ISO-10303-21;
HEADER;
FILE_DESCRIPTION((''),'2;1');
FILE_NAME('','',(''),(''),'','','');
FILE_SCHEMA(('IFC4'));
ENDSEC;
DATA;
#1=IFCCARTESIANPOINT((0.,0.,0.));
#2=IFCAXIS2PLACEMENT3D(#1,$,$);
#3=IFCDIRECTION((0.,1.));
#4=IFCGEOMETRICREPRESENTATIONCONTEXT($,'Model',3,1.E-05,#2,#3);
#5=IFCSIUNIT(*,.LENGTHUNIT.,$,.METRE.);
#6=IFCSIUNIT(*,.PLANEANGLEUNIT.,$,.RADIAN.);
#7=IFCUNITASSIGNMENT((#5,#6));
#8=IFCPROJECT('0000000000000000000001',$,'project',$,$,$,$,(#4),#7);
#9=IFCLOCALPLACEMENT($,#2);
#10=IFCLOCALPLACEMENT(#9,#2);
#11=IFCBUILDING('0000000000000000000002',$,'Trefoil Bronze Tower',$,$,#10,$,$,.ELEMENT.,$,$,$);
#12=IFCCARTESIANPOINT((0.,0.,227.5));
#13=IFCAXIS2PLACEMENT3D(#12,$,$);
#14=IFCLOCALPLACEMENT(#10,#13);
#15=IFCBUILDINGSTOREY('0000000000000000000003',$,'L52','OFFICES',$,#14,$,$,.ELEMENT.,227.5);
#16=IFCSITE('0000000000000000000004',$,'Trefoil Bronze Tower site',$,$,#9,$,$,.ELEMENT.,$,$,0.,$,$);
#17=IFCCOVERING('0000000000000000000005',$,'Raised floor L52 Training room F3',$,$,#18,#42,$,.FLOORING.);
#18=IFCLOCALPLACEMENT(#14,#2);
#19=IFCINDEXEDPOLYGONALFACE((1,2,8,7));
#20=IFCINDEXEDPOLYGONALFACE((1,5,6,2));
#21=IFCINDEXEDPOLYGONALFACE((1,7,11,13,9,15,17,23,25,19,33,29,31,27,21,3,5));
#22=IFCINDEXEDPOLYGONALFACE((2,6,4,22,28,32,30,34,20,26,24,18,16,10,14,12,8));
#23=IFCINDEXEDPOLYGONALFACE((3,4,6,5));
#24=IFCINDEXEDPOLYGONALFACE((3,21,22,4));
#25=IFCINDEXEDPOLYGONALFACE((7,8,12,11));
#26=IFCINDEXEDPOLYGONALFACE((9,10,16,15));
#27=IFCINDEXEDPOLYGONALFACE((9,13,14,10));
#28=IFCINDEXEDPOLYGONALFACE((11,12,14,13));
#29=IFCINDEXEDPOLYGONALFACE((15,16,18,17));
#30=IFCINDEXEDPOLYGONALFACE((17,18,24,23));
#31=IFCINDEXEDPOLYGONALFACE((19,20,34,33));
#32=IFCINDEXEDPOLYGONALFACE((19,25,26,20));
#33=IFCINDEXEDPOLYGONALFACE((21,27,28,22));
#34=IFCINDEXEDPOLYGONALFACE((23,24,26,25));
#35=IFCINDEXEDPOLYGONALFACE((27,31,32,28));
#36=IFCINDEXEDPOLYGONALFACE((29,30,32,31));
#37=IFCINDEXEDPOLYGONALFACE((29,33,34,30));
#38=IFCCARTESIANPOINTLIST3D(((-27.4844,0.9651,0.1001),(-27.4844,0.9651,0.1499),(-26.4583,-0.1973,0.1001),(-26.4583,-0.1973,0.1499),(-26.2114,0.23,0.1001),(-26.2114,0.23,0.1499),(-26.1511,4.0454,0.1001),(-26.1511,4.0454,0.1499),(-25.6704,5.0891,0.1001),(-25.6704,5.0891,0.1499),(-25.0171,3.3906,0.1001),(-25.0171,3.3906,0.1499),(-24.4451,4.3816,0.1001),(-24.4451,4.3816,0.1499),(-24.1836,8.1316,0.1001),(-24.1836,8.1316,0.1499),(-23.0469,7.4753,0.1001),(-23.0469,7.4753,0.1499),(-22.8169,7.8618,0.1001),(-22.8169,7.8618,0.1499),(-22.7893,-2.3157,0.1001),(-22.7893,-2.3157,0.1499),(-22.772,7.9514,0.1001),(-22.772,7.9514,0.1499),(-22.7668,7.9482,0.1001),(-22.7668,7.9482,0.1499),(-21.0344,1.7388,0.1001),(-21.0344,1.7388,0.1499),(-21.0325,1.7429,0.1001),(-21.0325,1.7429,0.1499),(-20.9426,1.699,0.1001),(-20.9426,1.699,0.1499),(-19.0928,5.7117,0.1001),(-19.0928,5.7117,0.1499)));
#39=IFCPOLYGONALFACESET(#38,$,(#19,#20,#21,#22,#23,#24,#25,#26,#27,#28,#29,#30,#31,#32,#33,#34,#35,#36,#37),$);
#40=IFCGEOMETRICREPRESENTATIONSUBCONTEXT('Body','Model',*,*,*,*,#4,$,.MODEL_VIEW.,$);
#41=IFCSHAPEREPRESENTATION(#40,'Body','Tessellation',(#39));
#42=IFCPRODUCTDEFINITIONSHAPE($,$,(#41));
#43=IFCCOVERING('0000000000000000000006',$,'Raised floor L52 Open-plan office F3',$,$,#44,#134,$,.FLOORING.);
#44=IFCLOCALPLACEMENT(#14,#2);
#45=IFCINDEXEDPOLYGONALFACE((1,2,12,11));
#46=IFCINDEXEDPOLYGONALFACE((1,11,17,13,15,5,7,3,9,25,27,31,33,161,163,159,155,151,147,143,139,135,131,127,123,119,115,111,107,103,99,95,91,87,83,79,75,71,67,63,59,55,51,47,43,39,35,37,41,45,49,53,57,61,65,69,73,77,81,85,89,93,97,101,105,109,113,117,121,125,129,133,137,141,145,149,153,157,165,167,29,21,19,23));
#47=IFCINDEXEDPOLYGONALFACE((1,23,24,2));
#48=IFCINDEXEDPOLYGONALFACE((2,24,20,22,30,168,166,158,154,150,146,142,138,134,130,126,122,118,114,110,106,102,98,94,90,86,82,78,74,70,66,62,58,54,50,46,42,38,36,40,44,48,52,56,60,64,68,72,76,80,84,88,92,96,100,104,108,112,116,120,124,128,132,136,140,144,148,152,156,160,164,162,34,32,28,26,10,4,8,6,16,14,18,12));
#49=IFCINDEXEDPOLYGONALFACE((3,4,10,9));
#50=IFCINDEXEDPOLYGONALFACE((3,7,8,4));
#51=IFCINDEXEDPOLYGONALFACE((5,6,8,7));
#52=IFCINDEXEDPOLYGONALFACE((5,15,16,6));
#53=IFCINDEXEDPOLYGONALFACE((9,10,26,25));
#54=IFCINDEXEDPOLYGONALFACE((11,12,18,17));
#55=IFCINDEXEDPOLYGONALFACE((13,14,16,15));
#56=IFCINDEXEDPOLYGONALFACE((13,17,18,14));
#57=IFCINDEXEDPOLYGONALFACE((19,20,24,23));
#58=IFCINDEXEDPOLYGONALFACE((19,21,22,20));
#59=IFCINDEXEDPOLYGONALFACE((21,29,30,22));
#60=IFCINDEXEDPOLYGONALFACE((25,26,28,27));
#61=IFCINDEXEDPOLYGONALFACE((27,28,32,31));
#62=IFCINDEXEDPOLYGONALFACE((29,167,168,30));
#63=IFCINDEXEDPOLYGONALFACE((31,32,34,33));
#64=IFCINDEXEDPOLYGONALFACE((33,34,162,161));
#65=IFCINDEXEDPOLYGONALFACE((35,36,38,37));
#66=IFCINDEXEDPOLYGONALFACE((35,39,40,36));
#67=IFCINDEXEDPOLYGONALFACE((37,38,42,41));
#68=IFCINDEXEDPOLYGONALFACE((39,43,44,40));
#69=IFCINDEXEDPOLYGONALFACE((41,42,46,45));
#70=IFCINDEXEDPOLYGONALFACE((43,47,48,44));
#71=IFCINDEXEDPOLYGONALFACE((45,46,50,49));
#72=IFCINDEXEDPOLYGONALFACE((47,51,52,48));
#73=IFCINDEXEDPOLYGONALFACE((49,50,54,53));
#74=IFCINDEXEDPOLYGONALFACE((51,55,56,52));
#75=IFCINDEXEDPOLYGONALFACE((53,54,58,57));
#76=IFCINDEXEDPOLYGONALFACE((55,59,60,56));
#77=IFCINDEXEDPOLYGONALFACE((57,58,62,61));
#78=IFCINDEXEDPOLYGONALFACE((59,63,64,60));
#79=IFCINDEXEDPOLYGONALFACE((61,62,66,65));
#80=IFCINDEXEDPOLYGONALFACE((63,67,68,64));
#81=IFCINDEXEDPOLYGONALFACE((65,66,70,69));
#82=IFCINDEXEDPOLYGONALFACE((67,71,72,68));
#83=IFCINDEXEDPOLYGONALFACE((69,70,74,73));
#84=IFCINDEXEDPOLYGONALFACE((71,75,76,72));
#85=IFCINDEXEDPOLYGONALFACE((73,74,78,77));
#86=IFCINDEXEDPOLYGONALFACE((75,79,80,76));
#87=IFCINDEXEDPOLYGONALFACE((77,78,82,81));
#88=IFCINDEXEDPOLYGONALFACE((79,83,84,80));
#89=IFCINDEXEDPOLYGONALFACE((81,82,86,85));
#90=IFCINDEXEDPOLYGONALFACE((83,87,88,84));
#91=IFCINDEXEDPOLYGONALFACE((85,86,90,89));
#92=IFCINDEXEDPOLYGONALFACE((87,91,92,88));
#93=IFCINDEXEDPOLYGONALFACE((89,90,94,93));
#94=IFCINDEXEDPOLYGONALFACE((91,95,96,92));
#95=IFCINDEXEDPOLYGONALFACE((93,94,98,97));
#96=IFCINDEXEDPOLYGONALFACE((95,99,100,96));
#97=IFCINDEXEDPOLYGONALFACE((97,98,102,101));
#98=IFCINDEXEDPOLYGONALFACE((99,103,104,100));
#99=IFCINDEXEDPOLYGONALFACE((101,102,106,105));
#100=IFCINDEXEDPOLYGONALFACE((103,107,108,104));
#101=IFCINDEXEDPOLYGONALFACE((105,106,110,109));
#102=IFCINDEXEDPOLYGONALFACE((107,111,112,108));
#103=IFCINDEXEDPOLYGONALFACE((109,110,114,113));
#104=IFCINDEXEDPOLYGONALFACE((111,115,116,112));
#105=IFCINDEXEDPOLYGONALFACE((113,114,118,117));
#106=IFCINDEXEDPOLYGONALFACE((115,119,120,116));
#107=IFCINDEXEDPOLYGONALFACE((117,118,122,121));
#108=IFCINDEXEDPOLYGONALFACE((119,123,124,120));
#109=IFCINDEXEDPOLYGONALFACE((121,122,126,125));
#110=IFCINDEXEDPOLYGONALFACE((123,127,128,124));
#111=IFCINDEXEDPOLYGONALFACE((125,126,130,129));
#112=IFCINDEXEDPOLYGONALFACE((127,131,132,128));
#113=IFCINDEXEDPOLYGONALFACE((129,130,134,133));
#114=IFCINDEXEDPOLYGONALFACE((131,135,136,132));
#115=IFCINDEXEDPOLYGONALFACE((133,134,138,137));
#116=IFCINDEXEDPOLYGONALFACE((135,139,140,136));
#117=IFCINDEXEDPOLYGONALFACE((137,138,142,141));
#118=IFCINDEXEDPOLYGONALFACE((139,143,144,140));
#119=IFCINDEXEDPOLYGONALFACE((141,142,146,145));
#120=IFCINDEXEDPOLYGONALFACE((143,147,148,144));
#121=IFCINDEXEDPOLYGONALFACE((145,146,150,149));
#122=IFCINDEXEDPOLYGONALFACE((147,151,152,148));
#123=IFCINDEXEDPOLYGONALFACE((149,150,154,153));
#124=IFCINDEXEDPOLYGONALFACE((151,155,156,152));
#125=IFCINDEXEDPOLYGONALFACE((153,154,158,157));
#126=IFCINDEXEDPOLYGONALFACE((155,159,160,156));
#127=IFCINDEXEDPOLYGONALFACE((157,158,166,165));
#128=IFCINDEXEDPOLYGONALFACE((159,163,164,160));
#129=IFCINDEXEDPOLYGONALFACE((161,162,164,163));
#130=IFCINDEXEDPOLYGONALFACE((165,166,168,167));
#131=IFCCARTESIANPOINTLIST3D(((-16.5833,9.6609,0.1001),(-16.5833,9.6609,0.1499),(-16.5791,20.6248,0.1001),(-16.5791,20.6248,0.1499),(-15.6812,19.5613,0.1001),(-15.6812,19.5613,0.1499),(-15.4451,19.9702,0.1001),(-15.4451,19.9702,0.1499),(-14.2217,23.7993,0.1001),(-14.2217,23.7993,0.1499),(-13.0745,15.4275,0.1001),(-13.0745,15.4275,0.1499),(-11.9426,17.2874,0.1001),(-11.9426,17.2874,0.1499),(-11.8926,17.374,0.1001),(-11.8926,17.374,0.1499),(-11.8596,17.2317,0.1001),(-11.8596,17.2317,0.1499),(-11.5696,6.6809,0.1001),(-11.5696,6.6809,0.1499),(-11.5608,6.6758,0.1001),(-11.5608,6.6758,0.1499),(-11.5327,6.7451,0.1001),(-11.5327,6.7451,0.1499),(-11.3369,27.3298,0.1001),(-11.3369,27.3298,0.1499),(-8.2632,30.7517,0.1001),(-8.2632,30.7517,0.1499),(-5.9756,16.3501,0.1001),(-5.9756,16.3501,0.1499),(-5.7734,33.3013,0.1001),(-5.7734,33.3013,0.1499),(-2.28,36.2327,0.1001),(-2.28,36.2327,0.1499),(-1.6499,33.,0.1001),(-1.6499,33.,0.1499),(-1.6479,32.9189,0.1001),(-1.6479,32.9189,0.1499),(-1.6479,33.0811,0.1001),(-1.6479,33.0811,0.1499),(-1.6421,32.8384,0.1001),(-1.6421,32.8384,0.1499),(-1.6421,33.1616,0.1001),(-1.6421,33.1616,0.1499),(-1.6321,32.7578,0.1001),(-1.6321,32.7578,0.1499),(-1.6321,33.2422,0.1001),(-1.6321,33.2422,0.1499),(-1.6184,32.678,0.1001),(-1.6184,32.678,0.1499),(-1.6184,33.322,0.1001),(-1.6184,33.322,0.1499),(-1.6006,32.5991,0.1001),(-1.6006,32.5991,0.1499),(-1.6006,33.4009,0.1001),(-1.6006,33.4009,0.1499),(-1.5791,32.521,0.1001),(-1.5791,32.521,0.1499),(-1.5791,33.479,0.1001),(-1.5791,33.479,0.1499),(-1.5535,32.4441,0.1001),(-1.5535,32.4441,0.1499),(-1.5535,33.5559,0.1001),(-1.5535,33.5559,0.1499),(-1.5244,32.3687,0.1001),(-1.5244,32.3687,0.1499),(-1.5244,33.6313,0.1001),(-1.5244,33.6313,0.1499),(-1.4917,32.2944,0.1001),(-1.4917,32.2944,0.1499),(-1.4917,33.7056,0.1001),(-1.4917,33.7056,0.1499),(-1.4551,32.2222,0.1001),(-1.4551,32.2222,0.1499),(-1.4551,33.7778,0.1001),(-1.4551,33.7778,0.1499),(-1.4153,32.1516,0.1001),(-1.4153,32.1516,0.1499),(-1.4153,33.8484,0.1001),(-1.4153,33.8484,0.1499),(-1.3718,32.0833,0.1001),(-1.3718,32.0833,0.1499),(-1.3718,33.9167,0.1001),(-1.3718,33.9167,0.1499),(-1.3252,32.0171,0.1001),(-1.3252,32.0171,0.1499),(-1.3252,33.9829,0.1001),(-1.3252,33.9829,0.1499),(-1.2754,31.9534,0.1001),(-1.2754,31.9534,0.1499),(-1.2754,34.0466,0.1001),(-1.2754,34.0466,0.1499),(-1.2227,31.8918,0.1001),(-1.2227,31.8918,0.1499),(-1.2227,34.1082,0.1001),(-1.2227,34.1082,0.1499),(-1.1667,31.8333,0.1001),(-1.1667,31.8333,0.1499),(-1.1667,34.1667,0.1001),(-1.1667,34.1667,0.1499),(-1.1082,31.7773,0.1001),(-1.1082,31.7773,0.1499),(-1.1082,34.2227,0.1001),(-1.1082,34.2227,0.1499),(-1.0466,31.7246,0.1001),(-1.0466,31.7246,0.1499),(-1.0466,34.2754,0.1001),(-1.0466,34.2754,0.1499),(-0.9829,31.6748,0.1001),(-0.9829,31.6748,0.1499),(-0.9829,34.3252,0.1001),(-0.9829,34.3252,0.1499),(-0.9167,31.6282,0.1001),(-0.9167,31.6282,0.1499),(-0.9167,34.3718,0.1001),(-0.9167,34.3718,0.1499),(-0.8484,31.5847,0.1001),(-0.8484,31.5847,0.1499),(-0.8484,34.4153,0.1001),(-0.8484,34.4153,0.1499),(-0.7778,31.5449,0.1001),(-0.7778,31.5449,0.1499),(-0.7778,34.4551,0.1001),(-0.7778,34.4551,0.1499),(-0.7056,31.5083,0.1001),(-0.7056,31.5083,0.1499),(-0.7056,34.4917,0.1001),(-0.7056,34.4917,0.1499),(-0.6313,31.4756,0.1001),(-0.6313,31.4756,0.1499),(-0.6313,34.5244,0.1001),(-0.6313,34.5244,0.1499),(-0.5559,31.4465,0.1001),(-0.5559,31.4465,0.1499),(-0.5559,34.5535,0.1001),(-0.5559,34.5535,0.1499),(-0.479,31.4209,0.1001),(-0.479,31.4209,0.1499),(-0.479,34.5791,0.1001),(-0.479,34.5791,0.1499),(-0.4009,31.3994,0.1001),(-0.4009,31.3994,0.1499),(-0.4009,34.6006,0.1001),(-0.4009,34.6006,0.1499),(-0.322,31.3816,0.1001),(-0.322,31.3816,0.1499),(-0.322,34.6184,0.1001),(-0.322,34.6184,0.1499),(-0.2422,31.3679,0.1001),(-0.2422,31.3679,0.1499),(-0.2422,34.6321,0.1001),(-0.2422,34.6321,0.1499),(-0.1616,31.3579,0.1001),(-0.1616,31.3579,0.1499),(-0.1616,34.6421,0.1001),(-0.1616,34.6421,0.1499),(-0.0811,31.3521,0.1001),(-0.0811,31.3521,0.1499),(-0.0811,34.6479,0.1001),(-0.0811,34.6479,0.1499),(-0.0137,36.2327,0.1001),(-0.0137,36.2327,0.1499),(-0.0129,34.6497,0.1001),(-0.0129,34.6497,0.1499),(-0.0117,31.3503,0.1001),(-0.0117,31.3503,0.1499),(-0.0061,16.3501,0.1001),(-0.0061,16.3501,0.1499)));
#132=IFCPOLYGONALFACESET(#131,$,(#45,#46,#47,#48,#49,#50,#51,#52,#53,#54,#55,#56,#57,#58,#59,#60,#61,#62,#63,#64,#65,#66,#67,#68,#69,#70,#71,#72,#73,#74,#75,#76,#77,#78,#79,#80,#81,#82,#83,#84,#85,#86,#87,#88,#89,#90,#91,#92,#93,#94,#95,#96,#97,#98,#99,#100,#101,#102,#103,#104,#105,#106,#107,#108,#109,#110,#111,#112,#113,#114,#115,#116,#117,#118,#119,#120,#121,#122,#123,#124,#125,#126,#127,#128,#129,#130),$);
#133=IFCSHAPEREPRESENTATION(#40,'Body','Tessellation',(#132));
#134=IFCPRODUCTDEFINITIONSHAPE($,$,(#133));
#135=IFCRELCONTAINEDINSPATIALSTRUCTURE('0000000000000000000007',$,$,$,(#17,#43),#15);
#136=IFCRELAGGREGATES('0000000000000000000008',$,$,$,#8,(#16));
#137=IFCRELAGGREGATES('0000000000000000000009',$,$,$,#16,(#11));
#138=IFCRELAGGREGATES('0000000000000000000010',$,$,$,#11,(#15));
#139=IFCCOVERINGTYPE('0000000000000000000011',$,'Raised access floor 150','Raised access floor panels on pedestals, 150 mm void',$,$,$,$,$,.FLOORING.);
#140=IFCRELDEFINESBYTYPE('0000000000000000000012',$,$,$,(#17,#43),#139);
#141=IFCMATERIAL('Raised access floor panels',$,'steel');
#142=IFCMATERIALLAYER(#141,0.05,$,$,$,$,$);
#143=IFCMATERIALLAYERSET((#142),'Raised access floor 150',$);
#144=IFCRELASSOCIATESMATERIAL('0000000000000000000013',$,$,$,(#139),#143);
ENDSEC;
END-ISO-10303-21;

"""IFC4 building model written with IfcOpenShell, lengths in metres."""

from ifc_helpers import new_model, si_unit, direction, frame, origin, place, context, subcontext, project, spatial, polyline, outline, extrude, material, layer, layer_set, type_object, element, save


model = new_model("IFC4")

# Units and contexts
model_context = context("Model", 3, precision=1e-05, world=origin(), true_north=direction((0.0, 1.0)))
body_context = subcontext(model_context, "Body", "Model", "MODEL_VIEW")
ifc_project = project(units=[si_unit("LENGTHUNIT", "METRE"), si_unit("PLANEANGLEUNIT", "RADIAN")], contexts=[model_context])

# Site, building, storey
site_placement = place(None, origin())
site = spatial("IfcSite", under=ifc_project, at=site_placement, Name="Trefoil Bronze Tower site", CompositionType="ELEMENT", RefElevation=0.0)
building_placement = place(site_placement, origin())
building = spatial("IfcBuilding", under=site, at=building_placement, Name="Trefoil Bronze Tower", CompositionType="ELEMENT")
storey_placement = place(building_placement, frame((0.0, 0.0, 227.5)))
storey = spatial("IfcBuildingStorey", under=building, at=storey_placement, Name="L52", Description="OFFICES", CompositionType="ELEMENT", Elevation=227.5)

# Coverings
ifc_material_1 = material(Name="Raised access floor panels", Category="steel")
ifc_layer_1 = layer(ifc_material_1, 0.05)
ifc_layer_set_1 = layer_set([ifc_layer_1], Name="Raised access floor 150")
covering_type_1 = type_object("IfcCoveringType", Name="Raised access floor 150", Description="Raised access floor panels on pedestals, 150 mm void", PredefinedType="FLOORING", material=ifc_layer_set_1)
covering_1_placement = place(storey_placement, frame((0.0, 0.0, 0.1001)))
element("IfcCovering", 1, at=covering_1_placement, inside=storey, type_object=covering_type_1, Name="Raised floor L52 Training room F3", PredefinedType="FLOORING", context=body_context, shape_type="SweptSolid", body=[
    extrude(outline(polyline([(-26.1511, 4.0454), (-25.0171, 3.3906), (-24.4451, 4.3816), (-25.6704, 5.0891), (-24.1836, 8.1316), (-23.0469, 7.4753), (-22.772, 7.9514), (-22.7668, 7.9482), (-22.8169, 7.8618), (-19.0928, 5.7117), (-21.0325, 1.7429), (-20.9426, 1.699), (-21.0344, 1.7388), (-22.7893, -2.3157), (-26.4583, -0.1973), (-26.2114, 0.23), (-27.4844, 0.9651), (-26.1511, 4.0454)])), origin(), (0.0, 0.0, 1.0), 0.0498),
])
covering_2_placement = place(storey_placement, frame((0.0, 0.0, 0.1001)))
element("IfcCovering", 2, at=covering_2_placement, inside=storey, type_object=covering_type_1, Name="Raised floor L52 Open-plan office F3", PredefinedType="FLOORING", context=body_context, shape_type="SweptSolid", body=[
    extrude(outline(polyline([(-0.0117, 31.3503), (-0.0061, 16.3501), (-5.9756, 16.3501), (-11.5608, 6.6758), (-11.5696, 6.6809), (-11.5327, 6.7451), (-16.5833, 9.6609), (-13.0745, 15.4275), (-11.8596, 17.2317), (-11.9426, 17.2874), (-11.8926, 17.374), (-15.6812, 19.5613), (-15.4451, 19.9702), (-16.5791, 20.6248), (-14.2217, 23.7993), (-11.3369, 27.3298), (-8.2632, 30.7517), (-5.7734, 33.3013), (-2.28, 36.2327), (-0.0137, 36.2327), (-0.0129, 34.6497), (-0.0811, 34.6479), (-0.1616, 34.6421), (-0.2422, 34.6321), (-0.322, 34.6184), (-0.4009, 34.6006), (-0.479, 34.5791), (-0.5559, 34.5535), (-0.6313, 34.5244), (-0.7056, 34.4917), (-0.7778, 34.4551), (-0.8484, 34.4153), (-0.9167, 34.3718), (-0.9829, 34.3252), (-1.0466, 34.2754), (-1.1082, 34.2227), (-1.1667, 34.1667), (-1.2227, 34.1082), (-1.2754, 34.0466), (-1.3252, 33.9829), (-1.3718, 33.9167), (-1.4153, 33.8484), (-1.4551, 33.7778), (-1.4917, 33.7056), (-1.5244, 33.6313), (-1.5535, 33.5559), (-1.5791, 33.479), (-1.6006, 33.4009), (-1.6184, 33.322), (-1.6321, 33.2422), (-1.6421, 33.1616), (-1.6479, 33.0811), (-1.6499, 33.0), (-1.6479, 32.9189), (-1.6421, 32.8384), (-1.6321, 32.7578), (-1.6184, 32.678), (-1.6006, 32.5991), (-1.5791, 32.521), (-1.5535, 32.4441), (-1.5244, 32.3687), (-1.4917, 32.2944), (-1.4551, 32.2222), (-1.4153, 32.1516), (-1.3718, 32.0833), (-1.3252, 32.0171), (-1.2754, 31.9534), (-1.2227, 31.8918), (-1.1667, 31.8333), (-1.1082, 31.7773), (-1.0466, 31.7246), (-0.9829, 31.6748), (-0.9167, 31.6282), (-0.8484, 31.5847), (-0.7778, 31.5449), (-0.7056, 31.5083), (-0.6313, 31.4756), (-0.5559, 31.4465), (-0.479, 31.4209), (-0.4009, 31.3994), (-0.322, 31.3816), (-0.2422, 31.3679), (-0.1616, 31.3579), (-0.0811, 31.3521), (-0.0117, 31.3503)])), origin(), (0.0, 0.0, 1.0), 0.0498),
])

save(model, "model.ifc")
